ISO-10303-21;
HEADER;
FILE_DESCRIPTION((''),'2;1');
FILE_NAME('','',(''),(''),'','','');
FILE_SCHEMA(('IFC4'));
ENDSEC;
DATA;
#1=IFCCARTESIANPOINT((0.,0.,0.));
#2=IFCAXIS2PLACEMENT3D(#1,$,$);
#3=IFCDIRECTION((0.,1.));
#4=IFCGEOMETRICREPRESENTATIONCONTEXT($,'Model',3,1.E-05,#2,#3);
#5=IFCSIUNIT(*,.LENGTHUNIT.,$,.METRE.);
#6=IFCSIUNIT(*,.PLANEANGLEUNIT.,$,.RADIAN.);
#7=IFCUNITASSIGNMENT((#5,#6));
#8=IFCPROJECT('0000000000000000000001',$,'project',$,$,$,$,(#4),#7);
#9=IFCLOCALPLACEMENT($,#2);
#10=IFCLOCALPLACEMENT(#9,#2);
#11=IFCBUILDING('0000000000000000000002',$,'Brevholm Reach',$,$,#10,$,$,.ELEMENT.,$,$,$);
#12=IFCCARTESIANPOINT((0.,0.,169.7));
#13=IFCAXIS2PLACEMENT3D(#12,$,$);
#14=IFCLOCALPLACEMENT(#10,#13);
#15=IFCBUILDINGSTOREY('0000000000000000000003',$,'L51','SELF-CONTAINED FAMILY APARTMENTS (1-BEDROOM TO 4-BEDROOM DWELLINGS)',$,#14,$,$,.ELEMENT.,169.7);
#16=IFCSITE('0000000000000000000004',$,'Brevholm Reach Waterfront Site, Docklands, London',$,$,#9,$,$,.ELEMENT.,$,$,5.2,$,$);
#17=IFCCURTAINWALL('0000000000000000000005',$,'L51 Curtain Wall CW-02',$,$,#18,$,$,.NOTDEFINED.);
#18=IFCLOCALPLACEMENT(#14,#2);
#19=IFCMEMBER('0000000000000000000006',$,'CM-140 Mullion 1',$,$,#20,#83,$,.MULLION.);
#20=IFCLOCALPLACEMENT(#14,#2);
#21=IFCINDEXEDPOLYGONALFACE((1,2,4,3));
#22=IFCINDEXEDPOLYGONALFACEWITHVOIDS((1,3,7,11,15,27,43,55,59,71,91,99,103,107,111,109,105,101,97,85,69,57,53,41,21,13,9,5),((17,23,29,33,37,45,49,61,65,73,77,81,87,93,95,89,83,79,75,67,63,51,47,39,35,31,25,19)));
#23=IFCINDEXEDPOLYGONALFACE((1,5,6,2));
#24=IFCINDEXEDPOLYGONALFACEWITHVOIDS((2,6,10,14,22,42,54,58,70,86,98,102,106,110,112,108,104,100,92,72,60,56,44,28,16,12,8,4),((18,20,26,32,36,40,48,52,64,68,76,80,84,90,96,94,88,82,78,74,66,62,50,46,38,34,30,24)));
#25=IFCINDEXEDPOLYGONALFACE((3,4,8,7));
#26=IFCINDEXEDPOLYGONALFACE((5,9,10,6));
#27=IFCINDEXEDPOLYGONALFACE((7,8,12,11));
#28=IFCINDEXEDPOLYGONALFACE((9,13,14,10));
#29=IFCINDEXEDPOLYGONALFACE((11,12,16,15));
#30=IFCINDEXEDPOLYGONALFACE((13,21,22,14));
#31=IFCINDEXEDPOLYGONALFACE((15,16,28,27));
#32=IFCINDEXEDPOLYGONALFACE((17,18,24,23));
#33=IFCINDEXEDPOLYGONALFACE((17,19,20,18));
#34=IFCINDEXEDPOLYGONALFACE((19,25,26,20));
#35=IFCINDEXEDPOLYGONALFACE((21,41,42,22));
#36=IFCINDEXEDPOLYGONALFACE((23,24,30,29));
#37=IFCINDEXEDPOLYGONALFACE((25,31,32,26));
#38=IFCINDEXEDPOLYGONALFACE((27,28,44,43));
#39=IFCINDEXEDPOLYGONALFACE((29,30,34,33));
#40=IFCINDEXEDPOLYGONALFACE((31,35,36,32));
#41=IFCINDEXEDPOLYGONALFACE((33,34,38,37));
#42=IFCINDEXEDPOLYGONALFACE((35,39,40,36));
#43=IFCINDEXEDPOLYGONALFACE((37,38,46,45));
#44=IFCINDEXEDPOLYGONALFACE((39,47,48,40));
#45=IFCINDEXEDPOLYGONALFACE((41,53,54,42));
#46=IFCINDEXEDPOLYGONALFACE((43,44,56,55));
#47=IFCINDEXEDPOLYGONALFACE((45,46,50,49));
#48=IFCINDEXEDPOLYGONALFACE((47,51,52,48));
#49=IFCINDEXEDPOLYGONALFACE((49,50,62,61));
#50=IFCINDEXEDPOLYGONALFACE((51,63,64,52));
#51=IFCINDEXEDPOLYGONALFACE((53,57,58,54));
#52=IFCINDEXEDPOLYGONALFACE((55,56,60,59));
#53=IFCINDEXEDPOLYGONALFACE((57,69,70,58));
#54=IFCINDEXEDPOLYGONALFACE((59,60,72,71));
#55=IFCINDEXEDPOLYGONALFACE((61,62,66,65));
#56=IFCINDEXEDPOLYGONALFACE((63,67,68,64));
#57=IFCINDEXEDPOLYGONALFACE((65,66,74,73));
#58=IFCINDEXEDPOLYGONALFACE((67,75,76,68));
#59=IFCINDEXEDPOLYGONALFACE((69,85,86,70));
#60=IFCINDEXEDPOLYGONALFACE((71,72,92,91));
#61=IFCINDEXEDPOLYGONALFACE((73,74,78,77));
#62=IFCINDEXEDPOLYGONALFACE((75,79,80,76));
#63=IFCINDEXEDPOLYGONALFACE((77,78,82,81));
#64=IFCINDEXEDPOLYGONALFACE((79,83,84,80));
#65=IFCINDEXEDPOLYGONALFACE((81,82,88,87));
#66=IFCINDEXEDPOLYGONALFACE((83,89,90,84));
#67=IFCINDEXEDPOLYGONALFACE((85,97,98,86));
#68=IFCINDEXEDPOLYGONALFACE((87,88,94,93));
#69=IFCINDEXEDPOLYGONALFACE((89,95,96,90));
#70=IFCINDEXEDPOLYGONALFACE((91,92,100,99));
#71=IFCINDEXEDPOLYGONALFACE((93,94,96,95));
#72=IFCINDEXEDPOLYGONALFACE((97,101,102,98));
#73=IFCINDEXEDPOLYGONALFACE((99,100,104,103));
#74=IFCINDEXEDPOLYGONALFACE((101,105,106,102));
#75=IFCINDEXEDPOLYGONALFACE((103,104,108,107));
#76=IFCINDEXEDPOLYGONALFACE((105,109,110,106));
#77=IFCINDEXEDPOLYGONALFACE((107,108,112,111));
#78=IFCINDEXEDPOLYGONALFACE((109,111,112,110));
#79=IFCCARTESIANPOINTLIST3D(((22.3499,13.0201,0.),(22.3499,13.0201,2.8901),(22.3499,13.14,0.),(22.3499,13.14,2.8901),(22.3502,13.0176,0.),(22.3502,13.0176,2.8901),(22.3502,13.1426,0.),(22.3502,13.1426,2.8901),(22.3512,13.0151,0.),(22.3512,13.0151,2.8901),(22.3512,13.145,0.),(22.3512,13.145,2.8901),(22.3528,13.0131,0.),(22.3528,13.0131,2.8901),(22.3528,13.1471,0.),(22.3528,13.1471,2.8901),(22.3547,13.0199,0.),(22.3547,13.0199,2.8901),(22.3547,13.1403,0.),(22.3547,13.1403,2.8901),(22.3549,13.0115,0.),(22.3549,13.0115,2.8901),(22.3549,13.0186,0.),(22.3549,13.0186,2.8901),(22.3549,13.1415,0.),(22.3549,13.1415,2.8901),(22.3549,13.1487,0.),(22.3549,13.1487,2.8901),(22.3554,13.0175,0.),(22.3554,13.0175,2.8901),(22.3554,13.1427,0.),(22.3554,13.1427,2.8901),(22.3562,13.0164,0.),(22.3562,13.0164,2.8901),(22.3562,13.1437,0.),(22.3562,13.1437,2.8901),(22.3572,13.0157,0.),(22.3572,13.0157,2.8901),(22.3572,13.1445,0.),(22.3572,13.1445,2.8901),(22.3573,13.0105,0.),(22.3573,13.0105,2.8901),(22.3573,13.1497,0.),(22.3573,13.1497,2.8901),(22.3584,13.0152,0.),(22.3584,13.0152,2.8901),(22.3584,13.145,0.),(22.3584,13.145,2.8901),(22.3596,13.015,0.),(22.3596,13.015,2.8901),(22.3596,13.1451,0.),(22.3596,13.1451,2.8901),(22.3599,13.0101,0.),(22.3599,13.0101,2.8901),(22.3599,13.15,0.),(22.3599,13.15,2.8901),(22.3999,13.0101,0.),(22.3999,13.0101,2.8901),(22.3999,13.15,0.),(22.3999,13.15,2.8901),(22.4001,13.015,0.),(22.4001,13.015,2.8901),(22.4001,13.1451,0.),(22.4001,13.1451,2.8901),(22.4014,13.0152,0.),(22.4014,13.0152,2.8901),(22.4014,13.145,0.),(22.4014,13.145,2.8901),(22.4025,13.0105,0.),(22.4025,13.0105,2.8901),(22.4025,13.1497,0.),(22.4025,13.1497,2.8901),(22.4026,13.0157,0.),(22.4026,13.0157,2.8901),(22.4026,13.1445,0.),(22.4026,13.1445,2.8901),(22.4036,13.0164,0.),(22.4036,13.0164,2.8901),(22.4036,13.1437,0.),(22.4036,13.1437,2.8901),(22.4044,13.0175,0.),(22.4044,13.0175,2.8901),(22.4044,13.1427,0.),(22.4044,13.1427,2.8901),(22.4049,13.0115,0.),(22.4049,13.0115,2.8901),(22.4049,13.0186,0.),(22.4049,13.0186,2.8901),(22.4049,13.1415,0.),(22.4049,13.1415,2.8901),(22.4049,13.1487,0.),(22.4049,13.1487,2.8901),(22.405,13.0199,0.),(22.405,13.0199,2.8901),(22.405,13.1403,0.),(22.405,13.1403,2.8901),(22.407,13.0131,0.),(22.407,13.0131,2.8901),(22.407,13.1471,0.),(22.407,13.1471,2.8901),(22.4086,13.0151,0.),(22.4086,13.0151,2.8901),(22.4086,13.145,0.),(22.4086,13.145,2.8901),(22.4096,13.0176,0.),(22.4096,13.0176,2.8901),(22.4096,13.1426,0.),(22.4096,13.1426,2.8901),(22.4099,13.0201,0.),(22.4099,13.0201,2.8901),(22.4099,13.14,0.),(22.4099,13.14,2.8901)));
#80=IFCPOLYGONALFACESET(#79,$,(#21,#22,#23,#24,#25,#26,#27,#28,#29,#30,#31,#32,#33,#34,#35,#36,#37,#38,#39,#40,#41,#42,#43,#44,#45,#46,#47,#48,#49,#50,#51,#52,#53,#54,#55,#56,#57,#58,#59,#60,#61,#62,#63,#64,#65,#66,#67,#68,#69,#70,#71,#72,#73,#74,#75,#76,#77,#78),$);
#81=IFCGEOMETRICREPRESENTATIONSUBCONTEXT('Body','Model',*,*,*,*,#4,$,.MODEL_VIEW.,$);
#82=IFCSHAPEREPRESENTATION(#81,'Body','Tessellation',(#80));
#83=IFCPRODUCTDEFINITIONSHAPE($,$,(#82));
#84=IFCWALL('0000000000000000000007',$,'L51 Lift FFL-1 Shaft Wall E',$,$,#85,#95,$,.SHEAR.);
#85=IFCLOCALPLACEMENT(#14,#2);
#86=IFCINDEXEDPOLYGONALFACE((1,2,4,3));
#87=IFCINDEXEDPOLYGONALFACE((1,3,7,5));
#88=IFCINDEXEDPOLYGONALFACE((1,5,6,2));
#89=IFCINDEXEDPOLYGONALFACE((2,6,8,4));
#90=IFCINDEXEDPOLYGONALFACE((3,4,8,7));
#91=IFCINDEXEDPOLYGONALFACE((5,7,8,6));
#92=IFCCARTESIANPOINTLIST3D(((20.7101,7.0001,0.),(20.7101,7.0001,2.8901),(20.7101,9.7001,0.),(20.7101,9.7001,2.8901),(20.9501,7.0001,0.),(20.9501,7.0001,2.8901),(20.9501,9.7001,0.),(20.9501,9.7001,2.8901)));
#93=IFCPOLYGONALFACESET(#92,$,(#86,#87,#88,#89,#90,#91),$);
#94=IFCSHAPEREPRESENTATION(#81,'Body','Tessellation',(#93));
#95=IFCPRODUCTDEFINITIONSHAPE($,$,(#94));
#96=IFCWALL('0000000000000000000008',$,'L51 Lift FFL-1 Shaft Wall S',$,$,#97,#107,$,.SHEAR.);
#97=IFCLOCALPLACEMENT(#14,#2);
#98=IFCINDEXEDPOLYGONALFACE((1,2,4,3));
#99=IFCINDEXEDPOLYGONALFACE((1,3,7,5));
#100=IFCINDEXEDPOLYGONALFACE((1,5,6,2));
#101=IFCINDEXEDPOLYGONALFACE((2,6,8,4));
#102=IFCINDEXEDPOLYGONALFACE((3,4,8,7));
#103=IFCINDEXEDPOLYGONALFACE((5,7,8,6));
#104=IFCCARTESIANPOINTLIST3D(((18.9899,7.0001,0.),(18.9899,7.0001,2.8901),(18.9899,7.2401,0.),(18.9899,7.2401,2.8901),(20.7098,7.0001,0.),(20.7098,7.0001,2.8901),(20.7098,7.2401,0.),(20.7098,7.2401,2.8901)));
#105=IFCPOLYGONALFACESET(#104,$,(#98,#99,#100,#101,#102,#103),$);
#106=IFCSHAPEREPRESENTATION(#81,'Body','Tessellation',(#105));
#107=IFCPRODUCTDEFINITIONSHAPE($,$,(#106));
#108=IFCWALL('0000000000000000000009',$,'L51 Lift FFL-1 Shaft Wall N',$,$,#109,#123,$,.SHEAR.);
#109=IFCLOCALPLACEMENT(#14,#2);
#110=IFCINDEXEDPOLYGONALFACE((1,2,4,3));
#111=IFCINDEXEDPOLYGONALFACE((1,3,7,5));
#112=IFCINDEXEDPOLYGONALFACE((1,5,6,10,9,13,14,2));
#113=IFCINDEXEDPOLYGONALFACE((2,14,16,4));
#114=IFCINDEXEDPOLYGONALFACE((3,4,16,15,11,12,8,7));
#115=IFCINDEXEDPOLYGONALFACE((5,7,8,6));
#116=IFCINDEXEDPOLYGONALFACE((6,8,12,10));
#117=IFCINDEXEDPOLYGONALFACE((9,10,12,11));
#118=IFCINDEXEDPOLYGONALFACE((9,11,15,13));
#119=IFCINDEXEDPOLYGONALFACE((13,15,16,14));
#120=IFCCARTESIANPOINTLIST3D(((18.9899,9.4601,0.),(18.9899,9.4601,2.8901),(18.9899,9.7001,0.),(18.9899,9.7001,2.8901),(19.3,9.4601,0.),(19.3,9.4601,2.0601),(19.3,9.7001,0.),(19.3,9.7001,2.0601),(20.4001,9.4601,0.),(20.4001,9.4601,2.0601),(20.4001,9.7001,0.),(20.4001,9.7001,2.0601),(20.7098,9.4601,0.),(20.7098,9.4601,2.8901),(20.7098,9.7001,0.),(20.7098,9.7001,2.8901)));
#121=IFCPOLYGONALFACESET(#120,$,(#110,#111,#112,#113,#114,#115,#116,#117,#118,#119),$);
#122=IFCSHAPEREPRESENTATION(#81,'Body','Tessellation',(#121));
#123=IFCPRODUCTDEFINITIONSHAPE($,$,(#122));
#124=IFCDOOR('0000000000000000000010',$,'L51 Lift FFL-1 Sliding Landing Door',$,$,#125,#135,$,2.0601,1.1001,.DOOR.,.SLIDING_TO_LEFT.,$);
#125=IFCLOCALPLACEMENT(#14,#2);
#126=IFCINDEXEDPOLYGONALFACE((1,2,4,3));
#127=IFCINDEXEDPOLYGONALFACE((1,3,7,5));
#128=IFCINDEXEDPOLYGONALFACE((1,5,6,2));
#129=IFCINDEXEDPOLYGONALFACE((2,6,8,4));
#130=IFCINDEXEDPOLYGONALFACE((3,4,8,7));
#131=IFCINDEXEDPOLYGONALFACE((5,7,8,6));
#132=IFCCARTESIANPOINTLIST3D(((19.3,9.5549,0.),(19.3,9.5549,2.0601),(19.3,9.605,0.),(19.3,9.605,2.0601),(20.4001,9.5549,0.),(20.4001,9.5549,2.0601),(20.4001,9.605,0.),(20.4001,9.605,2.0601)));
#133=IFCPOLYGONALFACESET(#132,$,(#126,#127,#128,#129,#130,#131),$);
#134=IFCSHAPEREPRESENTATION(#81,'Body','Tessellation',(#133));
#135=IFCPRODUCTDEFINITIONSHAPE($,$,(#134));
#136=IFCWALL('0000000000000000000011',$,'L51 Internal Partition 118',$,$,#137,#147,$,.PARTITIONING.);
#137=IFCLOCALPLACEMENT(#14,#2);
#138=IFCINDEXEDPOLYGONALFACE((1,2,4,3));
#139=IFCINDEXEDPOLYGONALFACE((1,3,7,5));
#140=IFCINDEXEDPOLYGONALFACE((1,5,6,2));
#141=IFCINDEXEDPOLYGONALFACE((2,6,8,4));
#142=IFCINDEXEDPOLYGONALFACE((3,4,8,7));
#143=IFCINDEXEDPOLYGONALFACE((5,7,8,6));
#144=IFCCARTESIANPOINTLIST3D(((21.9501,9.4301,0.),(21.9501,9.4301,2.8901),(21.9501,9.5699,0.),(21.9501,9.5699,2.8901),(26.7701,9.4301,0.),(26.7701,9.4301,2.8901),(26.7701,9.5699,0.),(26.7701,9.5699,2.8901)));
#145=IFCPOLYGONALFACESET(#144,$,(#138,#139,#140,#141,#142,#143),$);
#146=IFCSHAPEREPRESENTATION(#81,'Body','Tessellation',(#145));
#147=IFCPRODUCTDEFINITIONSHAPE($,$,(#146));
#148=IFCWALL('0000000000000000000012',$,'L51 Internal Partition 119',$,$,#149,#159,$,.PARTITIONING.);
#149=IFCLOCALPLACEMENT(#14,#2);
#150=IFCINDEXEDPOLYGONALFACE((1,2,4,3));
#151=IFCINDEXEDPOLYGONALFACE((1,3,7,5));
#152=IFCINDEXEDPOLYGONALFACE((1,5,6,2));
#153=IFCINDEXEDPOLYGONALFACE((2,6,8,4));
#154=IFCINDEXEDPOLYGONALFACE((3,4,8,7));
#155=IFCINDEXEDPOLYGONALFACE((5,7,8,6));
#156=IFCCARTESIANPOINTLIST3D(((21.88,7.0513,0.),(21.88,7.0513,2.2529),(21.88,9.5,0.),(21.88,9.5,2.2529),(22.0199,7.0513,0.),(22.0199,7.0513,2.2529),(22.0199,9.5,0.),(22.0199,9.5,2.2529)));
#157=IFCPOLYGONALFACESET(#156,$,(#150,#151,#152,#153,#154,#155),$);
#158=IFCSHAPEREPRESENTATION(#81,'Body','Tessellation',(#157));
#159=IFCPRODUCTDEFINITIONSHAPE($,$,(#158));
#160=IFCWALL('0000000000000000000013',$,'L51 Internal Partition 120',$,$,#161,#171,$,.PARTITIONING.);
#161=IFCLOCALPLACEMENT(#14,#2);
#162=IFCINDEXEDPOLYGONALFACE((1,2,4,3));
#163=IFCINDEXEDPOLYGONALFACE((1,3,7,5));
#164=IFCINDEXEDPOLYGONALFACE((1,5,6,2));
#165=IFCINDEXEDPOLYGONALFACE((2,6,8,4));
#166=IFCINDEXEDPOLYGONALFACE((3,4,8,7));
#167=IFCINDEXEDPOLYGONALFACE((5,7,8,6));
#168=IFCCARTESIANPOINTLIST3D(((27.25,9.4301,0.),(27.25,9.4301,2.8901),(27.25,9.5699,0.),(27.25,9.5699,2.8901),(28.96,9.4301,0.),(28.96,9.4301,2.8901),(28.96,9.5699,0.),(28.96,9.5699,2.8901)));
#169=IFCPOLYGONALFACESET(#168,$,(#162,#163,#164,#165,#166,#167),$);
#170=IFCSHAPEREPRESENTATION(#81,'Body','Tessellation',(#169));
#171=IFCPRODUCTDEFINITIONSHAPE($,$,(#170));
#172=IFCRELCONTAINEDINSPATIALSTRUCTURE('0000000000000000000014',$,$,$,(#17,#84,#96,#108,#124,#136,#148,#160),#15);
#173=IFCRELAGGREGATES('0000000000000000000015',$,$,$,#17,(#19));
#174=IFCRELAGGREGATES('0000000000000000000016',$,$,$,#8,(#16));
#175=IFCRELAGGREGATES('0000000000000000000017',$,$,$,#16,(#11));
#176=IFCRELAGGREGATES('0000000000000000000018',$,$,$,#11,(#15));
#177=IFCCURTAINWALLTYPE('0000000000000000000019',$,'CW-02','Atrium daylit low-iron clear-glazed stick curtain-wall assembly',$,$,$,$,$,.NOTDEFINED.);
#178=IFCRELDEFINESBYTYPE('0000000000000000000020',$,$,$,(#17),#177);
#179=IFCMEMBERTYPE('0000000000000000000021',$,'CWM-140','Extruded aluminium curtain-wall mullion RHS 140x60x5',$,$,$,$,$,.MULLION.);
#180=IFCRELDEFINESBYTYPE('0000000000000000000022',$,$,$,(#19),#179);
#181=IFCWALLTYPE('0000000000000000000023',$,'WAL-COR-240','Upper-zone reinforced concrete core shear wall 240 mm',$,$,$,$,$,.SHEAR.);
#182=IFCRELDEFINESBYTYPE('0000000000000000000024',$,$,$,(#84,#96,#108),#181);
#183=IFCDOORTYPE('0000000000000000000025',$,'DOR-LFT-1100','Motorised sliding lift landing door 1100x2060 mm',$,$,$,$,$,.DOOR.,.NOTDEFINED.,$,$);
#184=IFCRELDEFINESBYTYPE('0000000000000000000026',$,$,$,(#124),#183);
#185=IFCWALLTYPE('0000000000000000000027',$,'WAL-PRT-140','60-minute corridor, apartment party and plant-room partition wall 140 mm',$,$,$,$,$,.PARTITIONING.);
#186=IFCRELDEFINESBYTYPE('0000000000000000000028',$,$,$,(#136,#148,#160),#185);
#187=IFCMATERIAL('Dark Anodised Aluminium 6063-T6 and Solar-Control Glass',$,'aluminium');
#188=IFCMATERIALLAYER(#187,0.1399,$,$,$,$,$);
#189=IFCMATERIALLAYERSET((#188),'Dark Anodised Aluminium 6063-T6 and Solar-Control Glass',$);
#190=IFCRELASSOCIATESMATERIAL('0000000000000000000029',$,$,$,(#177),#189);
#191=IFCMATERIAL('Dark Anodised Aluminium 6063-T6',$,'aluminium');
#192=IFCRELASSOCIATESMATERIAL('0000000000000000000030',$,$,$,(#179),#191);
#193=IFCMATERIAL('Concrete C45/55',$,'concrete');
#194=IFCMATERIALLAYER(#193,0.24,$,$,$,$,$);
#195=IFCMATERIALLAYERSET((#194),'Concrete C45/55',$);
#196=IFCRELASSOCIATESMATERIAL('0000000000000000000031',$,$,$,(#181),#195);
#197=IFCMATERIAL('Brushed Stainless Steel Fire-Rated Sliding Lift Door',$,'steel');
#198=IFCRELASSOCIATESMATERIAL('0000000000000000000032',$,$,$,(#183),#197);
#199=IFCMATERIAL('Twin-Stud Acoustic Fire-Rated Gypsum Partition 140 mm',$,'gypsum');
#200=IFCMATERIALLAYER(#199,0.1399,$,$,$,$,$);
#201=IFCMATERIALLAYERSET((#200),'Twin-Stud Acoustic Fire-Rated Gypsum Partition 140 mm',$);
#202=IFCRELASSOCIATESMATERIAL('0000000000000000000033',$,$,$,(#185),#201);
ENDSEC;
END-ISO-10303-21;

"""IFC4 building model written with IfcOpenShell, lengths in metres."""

from ifc_helpers import new_model, si_unit, direction, frame, frame_2d, origin, origin_2d, place, context, subcontext, project, spatial, rectangle, hollow_rectangle, extrude, material, layer, layer_set, material_profile, profile_set, type_object, element, fill, aggregate, save


model = new_model("IFC4")

# Units and contexts
model_context = context("Model", 3, precision=1e-05, world=origin(), true_north=direction((0.0, 1.0)))
body_context = subcontext(model_context, "Body", "Model", "MODEL_VIEW")
ifc_project = project(units=[si_unit("LENGTHUNIT", "METRE"), si_unit("PLANEANGLEUNIT", "RADIAN")], contexts=[model_context])

# Site, building, storey
site_placement = place(None, origin())
site = spatial("IfcSite", under=ifc_project, at=site_placement, Name="Brevholm Reach Waterfront Site, Docklands, London", CompositionType="ELEMENT", RefElevation=5.2)
building_placement = place(site_placement, origin())
building = spatial("IfcBuilding", under=site, at=building_placement, Name="Brevholm Reach", CompositionType="ELEMENT")
storey_placement = place(building_placement, frame((0.0, 0.0, 169.7)))
storey = spatial("IfcBuildingStorey", under=building, at=storey_placement, Name="L51", Description="SELF-CONTAINED FAMILY APARTMENTS (1-BEDROOM TO 4-BEDROOM DWELLINGS)", CompositionType="ELEMENT", Elevation=169.7)

# Curtain wall, member
ifc_material_1 = material(Name="Dark Anodised Aluminium 6063-T6 and Solar-Control Glass", Category="aluminium")
ifc_layer_1 = layer(ifc_material_1, 0.1399)
ifc_layer_set_1 = layer_set([ifc_layer_1], Name="Dark Anodised Aluminium 6063-T6 and Solar-Control Glass")
curtain_wall_type = type_object("IfcCurtainWallType", Name="CW-02", Description="Atrium daylit low-iron clear-glazed stick curtain-wall assembly", PredefinedType="NOTDEFINED", material=ifc_layer_set_1)
curtain_wall_placement = place(storey_placement, origin())
curtain_wall = element("IfcCurtainWall", 1, at=curtain_wall_placement, inside=storey, type_object=curtain_wall_type, Name="L51 Curtain Wall CW-02", PredefinedType="NOTDEFINED")
ifc_material_2 = material(Name="Dark Anodised Aluminium 6063-T6", Category="aluminium")
ifc_material_profile_1 = material_profile(ifc_material_2, hollow_rectangle(XDim=0.0601, YDim=0.1399, WallThickness=0.0049, InnerFilletRadius=0.0049, OuterFilletRadius=0.01, at=origin_2d()), Name="RHS 140x60x5")
ifc_profile_set_1 = profile_set([ifc_material_profile_1], Name="Dark Anodised Aluminium 6063-T6")
member_type = type_object("IfcMemberType", Name="CWM-140", Description="Extruded aluminium curtain-wall mullion RHS 140x60x5", PredefinedType="MULLION", material=ifc_profile_set_1)
member_placement = place(storey_placement, frame((22.3799, 13.0801, 0.0), z_axis=(0.0, 0.0, 1.0), x_axis=(1.0, 0.0, 0.0)))
member = element("IfcMember", 2, at=member_placement, type_object=member_type, Name="CM-140 Mullion 1", PredefinedType="MULLION", context=body_context, shape_type="SweptSolid", body=[
    extrude(hollow_rectangle(XDim=0.0601, YDim=0.1399, WallThickness=0.0049, InnerFilletRadius=0.0049, OuterFilletRadius=0.01, at=origin_2d()), origin(), (0.0, 0.0, 1.0), 2.8901),
])
aggregate(curtain_wall, [member])

# Walls
ifc_material_3 = material(Name="Concrete C45/55", Category="concrete")
ifc_layer_2 = layer(ifc_material_3, 0.24)
ifc_layer_set_2 = layer_set([ifc_layer_2], Name="Concrete C45/55")
wall_type_1 = type_object("IfcWallType", Name="WAL-COR-240", Description="Upper-zone reinforced concrete core shear wall 240 mm", PredefinedType="SHEAR", material=ifc_layer_set_2)
wall_1_placement = place(storey_placement, frame((20.8301, 7.0, 0.0), z_axis=(0.0, 0.0, 1.0), x_axis=(0.0, 1.0, 0.0)))
element("IfcWall", 3, at=wall_1_placement, inside=storey, type_object=wall_type_1, Name="L51 Lift FFL-1 Shaft Wall E", PredefinedType="SHEAR", context=body_context, shape_type="SweptSolid", body=[
    extrude(rectangle(XDim=2.7, YDim=0.24, at=frame_2d((1.3501, 0.0))), origin(), (0.0, 0.0, 1.0), 2.8901),
])
wall_2_placement = place(storey_placement, frame((18.99, 7.1201, 0.0), z_axis=(0.0, 0.0, 1.0), x_axis=(1.0, 0.0, 0.0)))
element("IfcWall", 4, at=wall_2_placement, inside=storey, type_object=wall_type_1, Name="L51 Lift FFL-1 Shaft Wall S", PredefinedType="SHEAR", context=body_context, shape_type="SweptSolid", body=[
    extrude(rectangle(XDim=1.72, YDim=0.24, at=frame_2d((0.8599, 0.0))), origin(), (0.0, 0.0, 1.0), 2.8901),
])

# Wall, opening, door
wall_3_placement = place(storey_placement, frame((18.99, 9.5801, 0.0), z_axis=(0.0, 0.0, 1.0), x_axis=(1.0, 0.0, 0.0)))
wall_3 = element("IfcWall", 5, at=wall_3_placement, inside=storey, type_object=wall_type_1, Name="L51 Lift FFL-1 Shaft Wall N", PredefinedType="SHEAR", context=body_context, shape_type="SweptSolid", body=[
    extrude(rectangle(XDim=1.72, YDim=0.24, at=frame_2d((0.8599, 0.0))), origin(), (0.0, 0.0, 1.0), 2.8901),
])
opening_1_placement = place(wall_3_placement, frame((0.3101, 0.0, 0.0)))
opening_1 = element("IfcOpeningElement", 6, at=opening_1_placement, cuts=wall_3, PredefinedType="OPENING", context=body_context, shape_type="SweptSolid", body=[
    extrude(rectangle(XDim=1.1001, YDim=2.0601, at=frame_2d((0.55, 1.03))), frame((0.0, 0.1299, 0.0), z_axis=(0.0, -1.0, 0.0), x_axis=(1.0, 0.0, 0.0)), (0.0, 0.0, 1.0), 0.26),
])
ifc_material_4 = material(Name="Brushed Stainless Steel Fire-Rated Sliding Lift Door", Category="steel")
door_type_1 = type_object("IfcDoorType", Name="DOR-LFT-1100", Description="Motorised sliding lift landing door 1100x2060 mm", OperationType="NOTDEFINED", PredefinedType="DOOR", material=ifc_material_4)
door_1_placement = place(opening_1_placement, origin())
door_1 = element("IfcDoor", 7, at=door_1_placement, inside=storey, type_object=door_type_1, Name="L51 Lift FFL-1 Sliding Landing Door", OperationType="SLIDING_TO_LEFT", OverallHeight=2.0601, OverallWidth=1.1001, PredefinedType="DOOR", context=body_context, shape_type="SweptSolid", body=[
    extrude(rectangle(XDim=1.1001, YDim=2.0601, at=frame_2d((0.55, 1.03))), frame((0.0, 0.0249, 0.0), z_axis=(0.0, -1.0, 0.0), x_axis=(1.0, 0.0, 0.0)), (0.0, 0.0, 1.0), 0.05),
])
fill(opening_1, door_1)

# Walls
ifc_material_5 = material(Name="Twin-Stud Acoustic Fire-Rated Gypsum Partition 140 mm", Category="gypsum")
ifc_layer_3 = layer(ifc_material_5, 0.1399)
ifc_layer_set_3 = layer_set([ifc_layer_3], Name="Twin-Stud Acoustic Fire-Rated Gypsum Partition 140 mm")
wall_type_2 = type_object("IfcWallType", Name="WAL-PRT-140", Description="60-minute corridor, apartment party and plant-room partition wall 140 mm", PredefinedType="PARTITIONING", material=ifc_layer_set_3)
wall_4_placement = place(storey_placement, frame((21.95, 9.5, 0.0), z_axis=(0.0, 0.0, 1.0), x_axis=(1.0, 0.0, 0.0)))
element("IfcWall", 8, at=wall_4_placement, inside=storey, type_object=wall_type_2, Name="L51 Internal Partition 118", PredefinedType="PARTITIONING", context=body_context, shape_type="SweptSolid", body=[
    extrude(rectangle(XDim=4.8201, YDim=0.1399, at=frame_2d((2.4102, 0.0))), origin(), (0.0, 0.0, 1.0), 2.8901),
])
wall_5_placement = place(storey_placement, frame((21.95, 7.0513, 0.0), z_axis=(0.0, 0.0, 1.0), x_axis=(0.0, 1.0, 0.0)))
element("IfcWall", 9, at=wall_5_placement, inside=storey, type_object=wall_type_2, Name="L51 Internal Partition 119", PredefinedType="PARTITIONING", context=body_context, shape_type="SweptSolid", body=[
    extrude(rectangle(XDim=2.4487, YDim=0.1399, at=frame_2d((1.2244, 0.0))), origin(), (0.0, 0.0, 1.0), 2.2529),
])
wall_6_placement = place(storey_placement, frame((27.25, 9.5, 0.0), z_axis=(0.0, 0.0, 1.0), x_axis=(1.0, 0.0, 0.0)))
element("IfcWall", 10, at=wall_6_placement, inside=storey, type_object=wall_type_2, Name="L51 Internal Partition 120", PredefinedType="PARTITIONING", context=body_context, shape_type="SweptSolid", body=[
    extrude(rectangle(XDim=1.71, YDim=0.1399, at=frame_2d((0.855, 0.0))), origin(), (0.0, 0.0, 1.0), 2.8901),
])

save(model, "model.ifc")
